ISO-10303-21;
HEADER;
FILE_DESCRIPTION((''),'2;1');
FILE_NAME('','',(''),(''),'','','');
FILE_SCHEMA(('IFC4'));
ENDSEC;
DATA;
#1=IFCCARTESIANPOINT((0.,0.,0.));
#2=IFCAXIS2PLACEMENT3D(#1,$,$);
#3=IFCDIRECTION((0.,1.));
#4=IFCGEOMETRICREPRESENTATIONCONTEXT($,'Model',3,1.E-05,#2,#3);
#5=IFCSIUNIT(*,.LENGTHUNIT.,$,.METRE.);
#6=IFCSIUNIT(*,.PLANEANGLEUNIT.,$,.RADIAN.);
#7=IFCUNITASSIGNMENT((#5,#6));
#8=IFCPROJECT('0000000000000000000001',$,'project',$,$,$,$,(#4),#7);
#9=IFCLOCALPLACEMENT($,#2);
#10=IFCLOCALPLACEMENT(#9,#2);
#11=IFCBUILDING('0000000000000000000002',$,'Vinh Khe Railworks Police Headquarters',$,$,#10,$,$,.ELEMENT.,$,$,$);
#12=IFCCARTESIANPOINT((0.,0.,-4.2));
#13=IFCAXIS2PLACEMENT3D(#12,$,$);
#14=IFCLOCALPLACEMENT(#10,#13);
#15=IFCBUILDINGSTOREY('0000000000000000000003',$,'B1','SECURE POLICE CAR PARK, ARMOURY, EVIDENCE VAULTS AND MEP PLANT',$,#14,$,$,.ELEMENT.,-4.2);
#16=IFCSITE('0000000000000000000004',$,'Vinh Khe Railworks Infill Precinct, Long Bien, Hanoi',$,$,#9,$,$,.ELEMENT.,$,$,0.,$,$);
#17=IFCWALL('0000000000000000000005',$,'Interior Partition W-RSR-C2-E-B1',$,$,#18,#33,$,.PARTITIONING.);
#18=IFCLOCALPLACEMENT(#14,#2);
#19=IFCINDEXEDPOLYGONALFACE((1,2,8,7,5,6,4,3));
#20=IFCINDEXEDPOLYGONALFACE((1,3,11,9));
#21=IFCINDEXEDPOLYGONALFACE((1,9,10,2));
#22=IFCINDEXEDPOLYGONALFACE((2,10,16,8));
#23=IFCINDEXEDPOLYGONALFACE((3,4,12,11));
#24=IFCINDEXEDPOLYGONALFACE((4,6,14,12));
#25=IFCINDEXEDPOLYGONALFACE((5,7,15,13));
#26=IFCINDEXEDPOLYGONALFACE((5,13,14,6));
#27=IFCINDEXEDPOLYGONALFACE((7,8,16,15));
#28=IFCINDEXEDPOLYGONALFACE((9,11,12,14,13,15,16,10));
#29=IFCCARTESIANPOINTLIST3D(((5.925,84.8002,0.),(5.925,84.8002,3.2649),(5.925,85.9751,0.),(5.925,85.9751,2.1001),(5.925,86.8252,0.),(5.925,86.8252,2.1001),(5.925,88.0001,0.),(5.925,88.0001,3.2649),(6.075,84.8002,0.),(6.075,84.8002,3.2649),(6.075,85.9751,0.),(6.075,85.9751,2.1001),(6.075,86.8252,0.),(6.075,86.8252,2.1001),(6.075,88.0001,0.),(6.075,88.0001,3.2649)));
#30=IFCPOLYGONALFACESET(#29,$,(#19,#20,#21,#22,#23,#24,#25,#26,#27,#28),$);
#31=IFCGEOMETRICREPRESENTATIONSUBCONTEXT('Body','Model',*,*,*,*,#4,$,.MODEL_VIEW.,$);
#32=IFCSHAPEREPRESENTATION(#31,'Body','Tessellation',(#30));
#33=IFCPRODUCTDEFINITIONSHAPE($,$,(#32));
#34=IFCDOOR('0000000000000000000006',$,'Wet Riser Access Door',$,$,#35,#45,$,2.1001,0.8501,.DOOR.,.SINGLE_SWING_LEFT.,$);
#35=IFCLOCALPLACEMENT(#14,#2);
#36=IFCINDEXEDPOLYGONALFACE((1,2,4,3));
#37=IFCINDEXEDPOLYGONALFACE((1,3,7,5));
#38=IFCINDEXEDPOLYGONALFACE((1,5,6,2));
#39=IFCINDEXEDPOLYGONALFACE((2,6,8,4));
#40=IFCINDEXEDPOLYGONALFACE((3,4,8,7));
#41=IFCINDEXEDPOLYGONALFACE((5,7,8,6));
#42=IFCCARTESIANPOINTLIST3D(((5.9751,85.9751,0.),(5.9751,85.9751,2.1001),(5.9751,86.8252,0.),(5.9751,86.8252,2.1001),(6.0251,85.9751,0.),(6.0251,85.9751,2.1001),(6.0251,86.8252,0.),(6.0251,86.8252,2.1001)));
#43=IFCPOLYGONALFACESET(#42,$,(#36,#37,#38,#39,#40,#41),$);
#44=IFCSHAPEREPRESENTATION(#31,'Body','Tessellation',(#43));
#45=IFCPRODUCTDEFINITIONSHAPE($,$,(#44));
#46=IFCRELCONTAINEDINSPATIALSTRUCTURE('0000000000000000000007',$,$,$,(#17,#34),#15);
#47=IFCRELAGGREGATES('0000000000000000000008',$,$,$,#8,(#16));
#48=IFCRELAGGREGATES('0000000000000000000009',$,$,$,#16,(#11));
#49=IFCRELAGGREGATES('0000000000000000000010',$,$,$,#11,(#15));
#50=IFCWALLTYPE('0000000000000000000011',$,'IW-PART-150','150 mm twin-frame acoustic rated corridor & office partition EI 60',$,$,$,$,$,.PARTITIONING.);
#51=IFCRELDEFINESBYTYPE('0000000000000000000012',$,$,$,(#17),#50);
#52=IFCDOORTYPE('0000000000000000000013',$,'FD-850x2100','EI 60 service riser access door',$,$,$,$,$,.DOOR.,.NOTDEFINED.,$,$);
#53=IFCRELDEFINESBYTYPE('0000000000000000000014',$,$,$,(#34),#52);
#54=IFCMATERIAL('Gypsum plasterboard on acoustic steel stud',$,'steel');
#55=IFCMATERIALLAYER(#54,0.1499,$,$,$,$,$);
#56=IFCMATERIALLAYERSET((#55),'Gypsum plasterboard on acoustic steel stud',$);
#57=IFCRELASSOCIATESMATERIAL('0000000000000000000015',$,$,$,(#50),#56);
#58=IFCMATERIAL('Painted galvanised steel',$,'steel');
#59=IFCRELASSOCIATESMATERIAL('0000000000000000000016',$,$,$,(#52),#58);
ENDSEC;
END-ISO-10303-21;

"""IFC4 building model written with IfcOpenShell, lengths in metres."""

from ifc_helpers import new_model, si_unit, direction, frame, frame_2d, origin, place, context, subcontext, project, spatial, rectangle, extrude, material, layer, layer_set, type_object, element, fill, save


model = new_model("IFC4")

# Units and contexts
model_context = context("Model", 3, precision=1e-05, world=origin(), true_north=direction((0.0, 1.0)))
body_context = subcontext(model_context, "Body", "Model", "MODEL_VIEW")
ifc_project = project(units=[si_unit("LENGTHUNIT", "METRE"), si_unit("PLANEANGLEUNIT", "RADIAN")], contexts=[model_context])

# Site, building, storey
site_placement = place(None, origin())
site = spatial("IfcSite", under=ifc_project, at=site_placement, Name="Vinh Khe Railworks Infill Precinct, Long Bien, Hanoi", CompositionType="ELEMENT", RefElevation=0.0)
building_placement = place(site_placement, origin())
building = spatial("IfcBuilding", under=site, at=building_placement, Name="Vinh Khe Railworks Police Headquarters", CompositionType="ELEMENT")
storey_placement = place(building_placement, frame((0.0, 0.0, -4.2)))
storey = spatial("IfcBuildingStorey", under=building, at=storey_placement, Name="B1", Description="SECURE POLICE CAR PARK, ARMOURY, EVIDENCE VAULTS AND MEP PLANT", CompositionType="ELEMENT", Elevation=-4.2)

# Wall, opening, door
ifc_material_1 = material(Name="Gypsum plasterboard on acoustic steel stud", Category="steel")
ifc_layer_1 = layer(ifc_material_1, 0.1499)
ifc_layer_set_1 = layer_set([ifc_layer_1], Name="Gypsum plasterboard on acoustic steel stud")
wall_type_1 = type_object("IfcWallType", Name="IW-PART-150", Description="150 mm twin-frame acoustic rated corridor & office partition EI 60", PredefinedType="PARTITIONING", material=ifc_layer_set_1)
wall_1_placement = place(storey_placement, frame((6.0, 84.8, 0.0), z_axis=(0.0, 0.0, 1.0), x_axis=(0.0, 1.0, 0.0)))
wall_1 = element("IfcWall", 1, at=wall_1_placement, inside=storey, type_object=wall_type_1, Name="Interior Partition W-RSR-C2-E-B1", PredefinedType="PARTITIONING", context=body_context, shape_type="SweptSolid", body=[
    extrude(rectangle(XDim=3.2, YDim=0.1499, at=frame_2d((1.6001, 0.0))), origin(), (0.0, 0.0, 1.0), 3.2649),
])
opening_1_placement = place(wall_1_placement, frame((1.175, 0.0, 0.0)))
opening_1 = element("IfcOpeningElement", 2, at=opening_1_placement, cuts=wall_1, PredefinedType="OPENING", context=body_context, shape_type="SweptSolid", body=[
    extrude(rectangle(XDim=0.8501, YDim=2.1001, at=frame_2d((0.425, 1.05))), frame((0.0, 0.0898, 0.0), z_axis=(0.0, -1.0, 0.0), x_axis=(1.0, 0.0, 0.0)), (0.0, 0.0, 1.0), 0.1797),
])
ifc_material_2 = material(Name="Painted galvanised steel", Category="steel")
door_type_1 = type_object("IfcDoorType", Name="FD-850x2100", Description="EI 60 service riser access door", OperationType="NOTDEFINED", PredefinedType="DOOR", material=ifc_material_2)
door_1_placement = place(opening_1_placement, origin())
door_1 = element("IfcDoor", 3, at=door_1_placement, inside=storey, type_object=door_type_1, Name="Wet Riser Access Door", OperationType="SINGLE_SWING_LEFT", OverallHeight=2.1001, OverallWidth=0.8501, PredefinedType="DOOR", context=body_context, shape_type="SweptSolid", body=[
    extrude(rectangle(XDim=0.8501, YDim=2.1001, at=frame_2d((0.425, 1.05))), frame((0.0, 0.0249, 0.0), z_axis=(0.0, -1.0, 0.0), x_axis=(1.0, 0.0, 0.0)), (0.0, 0.0, 1.0), 0.05),
])
fill(opening_1, door_1)

save(model, "model.ifc")
